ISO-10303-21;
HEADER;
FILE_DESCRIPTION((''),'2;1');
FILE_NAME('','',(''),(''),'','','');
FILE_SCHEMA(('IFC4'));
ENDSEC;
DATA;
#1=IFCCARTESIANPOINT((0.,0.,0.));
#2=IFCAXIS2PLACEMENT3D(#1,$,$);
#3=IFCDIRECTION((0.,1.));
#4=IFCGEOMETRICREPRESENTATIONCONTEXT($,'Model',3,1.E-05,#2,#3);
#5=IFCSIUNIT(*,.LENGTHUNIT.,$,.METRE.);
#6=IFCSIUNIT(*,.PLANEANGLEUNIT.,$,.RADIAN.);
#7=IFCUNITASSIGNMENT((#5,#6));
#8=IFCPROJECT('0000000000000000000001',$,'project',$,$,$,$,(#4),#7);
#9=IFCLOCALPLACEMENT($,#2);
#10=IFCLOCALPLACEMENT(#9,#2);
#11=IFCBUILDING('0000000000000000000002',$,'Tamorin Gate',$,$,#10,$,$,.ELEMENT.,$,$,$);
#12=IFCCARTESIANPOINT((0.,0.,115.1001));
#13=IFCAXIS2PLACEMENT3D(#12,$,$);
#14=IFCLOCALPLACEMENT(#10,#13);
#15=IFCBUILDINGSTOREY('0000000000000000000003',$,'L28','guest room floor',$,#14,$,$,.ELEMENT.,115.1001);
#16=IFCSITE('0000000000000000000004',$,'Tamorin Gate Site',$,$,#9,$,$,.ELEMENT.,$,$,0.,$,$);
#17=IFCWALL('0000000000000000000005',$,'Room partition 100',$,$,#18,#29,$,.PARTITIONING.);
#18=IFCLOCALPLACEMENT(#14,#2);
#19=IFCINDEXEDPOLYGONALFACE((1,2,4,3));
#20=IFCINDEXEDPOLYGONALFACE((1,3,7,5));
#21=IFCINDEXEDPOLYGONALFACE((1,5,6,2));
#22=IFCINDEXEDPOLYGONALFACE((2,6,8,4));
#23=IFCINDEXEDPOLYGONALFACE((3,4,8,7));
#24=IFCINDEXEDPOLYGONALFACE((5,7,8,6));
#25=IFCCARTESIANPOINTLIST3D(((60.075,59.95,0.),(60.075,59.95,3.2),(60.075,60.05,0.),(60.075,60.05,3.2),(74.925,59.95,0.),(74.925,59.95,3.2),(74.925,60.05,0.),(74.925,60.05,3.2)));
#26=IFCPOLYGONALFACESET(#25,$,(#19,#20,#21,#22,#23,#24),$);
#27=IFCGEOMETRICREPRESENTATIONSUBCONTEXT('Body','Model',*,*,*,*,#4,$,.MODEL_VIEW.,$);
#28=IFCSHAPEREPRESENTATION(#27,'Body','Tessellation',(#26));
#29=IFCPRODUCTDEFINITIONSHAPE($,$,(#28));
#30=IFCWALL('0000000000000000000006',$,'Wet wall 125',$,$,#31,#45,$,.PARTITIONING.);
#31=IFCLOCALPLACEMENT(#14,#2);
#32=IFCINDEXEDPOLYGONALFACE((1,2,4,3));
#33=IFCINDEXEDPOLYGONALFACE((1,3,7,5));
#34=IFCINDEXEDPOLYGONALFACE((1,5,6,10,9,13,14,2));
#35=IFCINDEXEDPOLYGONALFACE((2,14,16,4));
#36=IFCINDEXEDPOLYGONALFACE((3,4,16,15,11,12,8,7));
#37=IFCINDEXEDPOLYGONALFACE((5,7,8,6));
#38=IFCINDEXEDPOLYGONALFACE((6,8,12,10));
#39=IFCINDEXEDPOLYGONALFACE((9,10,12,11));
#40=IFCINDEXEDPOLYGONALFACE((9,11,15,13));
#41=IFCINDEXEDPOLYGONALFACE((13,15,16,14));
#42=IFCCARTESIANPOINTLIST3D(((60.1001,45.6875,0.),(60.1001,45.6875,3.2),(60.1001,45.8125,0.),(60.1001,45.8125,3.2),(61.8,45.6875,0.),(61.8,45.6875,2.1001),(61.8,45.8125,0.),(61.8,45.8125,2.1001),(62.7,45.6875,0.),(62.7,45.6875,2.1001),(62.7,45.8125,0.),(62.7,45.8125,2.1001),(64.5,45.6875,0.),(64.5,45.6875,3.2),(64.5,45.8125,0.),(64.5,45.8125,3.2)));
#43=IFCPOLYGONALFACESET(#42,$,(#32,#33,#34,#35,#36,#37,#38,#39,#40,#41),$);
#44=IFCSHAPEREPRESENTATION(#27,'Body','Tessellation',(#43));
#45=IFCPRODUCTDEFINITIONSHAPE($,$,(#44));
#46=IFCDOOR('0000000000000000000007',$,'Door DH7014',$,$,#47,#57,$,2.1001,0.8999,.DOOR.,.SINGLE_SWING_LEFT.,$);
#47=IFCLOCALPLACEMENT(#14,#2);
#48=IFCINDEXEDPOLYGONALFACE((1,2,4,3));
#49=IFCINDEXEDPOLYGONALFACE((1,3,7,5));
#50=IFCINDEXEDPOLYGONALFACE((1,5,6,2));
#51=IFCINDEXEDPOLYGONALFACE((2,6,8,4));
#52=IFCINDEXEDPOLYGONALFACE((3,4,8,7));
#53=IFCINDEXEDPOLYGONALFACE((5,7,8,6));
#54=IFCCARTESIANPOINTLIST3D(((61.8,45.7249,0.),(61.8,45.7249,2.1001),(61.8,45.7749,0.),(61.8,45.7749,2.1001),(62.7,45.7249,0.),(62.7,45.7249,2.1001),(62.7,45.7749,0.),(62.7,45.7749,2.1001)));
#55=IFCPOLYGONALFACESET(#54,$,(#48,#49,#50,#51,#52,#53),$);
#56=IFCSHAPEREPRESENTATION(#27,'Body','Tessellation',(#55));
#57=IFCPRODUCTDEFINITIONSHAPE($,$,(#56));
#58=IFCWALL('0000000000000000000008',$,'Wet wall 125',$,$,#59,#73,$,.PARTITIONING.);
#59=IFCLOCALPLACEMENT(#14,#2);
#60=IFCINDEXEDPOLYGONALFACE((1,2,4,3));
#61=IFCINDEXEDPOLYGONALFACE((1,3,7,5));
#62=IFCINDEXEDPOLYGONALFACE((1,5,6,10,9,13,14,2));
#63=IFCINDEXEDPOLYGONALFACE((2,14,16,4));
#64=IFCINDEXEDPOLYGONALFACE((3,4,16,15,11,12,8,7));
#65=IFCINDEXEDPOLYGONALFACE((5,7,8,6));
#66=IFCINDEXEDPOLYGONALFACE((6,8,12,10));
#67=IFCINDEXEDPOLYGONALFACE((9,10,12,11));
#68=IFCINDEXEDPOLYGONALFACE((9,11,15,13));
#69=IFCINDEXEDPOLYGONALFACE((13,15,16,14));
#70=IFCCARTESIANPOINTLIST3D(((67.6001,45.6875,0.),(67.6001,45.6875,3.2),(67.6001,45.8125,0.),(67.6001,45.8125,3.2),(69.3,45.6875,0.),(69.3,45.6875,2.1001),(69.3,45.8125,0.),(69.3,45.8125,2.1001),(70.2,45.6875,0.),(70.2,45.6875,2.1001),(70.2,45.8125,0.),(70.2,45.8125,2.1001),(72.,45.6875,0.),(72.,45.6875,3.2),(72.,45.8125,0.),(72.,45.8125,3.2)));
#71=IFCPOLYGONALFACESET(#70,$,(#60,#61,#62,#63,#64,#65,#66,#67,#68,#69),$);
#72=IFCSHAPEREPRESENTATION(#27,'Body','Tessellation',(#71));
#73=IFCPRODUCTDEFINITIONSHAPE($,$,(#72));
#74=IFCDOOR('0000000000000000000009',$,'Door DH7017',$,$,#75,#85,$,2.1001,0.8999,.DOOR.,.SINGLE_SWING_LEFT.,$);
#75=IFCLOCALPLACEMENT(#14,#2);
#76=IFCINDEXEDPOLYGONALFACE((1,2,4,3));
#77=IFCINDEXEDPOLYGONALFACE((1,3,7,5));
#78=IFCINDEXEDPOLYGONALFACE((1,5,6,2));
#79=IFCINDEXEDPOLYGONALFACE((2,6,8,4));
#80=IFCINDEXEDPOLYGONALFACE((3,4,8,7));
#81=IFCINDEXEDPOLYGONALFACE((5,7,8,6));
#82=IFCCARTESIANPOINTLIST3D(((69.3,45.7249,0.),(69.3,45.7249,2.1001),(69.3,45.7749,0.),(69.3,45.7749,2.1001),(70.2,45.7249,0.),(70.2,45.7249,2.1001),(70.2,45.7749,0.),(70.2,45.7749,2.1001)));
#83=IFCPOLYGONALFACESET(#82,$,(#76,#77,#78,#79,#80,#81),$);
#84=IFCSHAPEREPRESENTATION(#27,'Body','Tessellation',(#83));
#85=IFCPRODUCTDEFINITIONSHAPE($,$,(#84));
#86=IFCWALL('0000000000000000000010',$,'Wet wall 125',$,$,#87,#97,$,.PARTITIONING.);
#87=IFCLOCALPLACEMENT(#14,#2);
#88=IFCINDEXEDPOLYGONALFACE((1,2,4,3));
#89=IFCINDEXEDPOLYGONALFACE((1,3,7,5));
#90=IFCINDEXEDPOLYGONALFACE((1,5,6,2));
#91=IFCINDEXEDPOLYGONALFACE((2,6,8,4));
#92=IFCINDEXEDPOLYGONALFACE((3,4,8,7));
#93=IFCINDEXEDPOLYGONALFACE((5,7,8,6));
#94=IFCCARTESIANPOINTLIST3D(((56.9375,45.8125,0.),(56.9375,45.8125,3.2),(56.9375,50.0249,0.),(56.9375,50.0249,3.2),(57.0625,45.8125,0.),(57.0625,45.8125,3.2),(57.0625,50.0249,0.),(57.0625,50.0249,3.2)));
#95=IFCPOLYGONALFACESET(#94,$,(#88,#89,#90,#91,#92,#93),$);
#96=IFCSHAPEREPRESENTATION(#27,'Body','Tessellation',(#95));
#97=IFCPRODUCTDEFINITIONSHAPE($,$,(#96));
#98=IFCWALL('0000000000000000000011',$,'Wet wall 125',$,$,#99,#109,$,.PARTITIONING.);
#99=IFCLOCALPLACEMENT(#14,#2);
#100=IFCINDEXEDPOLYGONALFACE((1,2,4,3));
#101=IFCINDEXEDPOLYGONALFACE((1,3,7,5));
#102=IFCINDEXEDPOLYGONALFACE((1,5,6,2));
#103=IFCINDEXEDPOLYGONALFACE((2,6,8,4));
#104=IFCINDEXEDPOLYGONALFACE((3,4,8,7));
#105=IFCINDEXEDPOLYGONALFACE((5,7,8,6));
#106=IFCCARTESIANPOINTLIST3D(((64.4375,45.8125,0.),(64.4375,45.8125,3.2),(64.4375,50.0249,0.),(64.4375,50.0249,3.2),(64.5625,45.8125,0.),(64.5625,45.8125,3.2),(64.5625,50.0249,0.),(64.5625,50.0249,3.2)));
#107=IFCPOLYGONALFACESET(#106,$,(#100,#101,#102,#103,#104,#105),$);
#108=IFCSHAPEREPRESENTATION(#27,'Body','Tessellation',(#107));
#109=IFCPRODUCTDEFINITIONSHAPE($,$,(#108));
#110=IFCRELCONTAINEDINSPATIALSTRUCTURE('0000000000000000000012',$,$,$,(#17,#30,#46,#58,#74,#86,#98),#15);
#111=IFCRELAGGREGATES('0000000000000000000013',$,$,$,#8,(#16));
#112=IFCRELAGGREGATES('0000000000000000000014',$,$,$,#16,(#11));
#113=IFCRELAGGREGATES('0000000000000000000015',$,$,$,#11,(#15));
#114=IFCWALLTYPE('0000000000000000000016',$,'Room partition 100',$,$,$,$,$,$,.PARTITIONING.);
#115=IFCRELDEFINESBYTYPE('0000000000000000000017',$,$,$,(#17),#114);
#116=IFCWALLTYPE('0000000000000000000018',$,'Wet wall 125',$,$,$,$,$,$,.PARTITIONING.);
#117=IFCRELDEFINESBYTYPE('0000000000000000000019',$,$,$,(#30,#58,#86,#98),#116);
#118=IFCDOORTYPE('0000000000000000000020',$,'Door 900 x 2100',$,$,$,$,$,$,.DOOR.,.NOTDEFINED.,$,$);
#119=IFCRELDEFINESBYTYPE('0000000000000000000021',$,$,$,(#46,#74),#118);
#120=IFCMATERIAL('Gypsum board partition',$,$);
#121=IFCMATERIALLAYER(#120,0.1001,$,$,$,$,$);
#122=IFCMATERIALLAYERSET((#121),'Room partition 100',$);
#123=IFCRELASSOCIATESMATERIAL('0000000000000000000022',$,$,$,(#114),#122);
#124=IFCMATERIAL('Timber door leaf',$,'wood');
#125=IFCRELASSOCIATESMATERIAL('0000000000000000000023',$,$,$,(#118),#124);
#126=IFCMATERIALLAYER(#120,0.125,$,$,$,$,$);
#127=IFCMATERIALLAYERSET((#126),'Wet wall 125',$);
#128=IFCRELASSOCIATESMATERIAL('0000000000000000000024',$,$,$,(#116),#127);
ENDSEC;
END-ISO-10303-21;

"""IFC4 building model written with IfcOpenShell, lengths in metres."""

from ifc_helpers import new_model, si_unit, direction, frame, frame_2d, origin, place, context, subcontext, project, spatial, rectangle, extrude, material, layer, layer_set, type_object, element, fill, save


model = new_model("IFC4")

# Units and contexts
model_context = context("Model", 3, precision=1e-05, world=origin(), true_north=direction((0.0, 1.0)))
body_context = subcontext(model_context, "Body", "Model", "MODEL_VIEW")
ifc_project = project(units=[si_unit("LENGTHUNIT", "METRE"), si_unit("PLANEANGLEUNIT", "RADIAN")], contexts=[model_context])

# Site, building, storey
site_placement = place(None, origin())
site = spatial("IfcSite", under=ifc_project, at=site_placement, Name="Tamorin Gate Site", CompositionType="ELEMENT", RefElevation=0.0)
building_placement = place(site_placement, origin())
building = spatial("IfcBuilding", under=site, at=building_placement, Name="Tamorin Gate", CompositionType="ELEMENT")
storey_placement = place(building_placement, frame((0.0, 0.0, 115.1001)))
storey = spatial("IfcBuildingStorey", under=building, at=storey_placement, Name="L28", Description="guest room floor", CompositionType="ELEMENT", Elevation=115.1001)

# Shared definitions
ifc_material_1 = material(Name="Gypsum board partition")
ifc_material_2 = material(Name="Timber door leaf", Category="wood")

# Shared definitions
ifc_layer_1 = layer(ifc_material_1, 0.1001)
ifc_layer_set_1 = layer_set([ifc_layer_1], Name="Room partition 100")
wall_type_1 = type_object("IfcWallType", Name="Room partition 100", PredefinedType="PARTITIONING", material=ifc_layer_set_1)
door_type_1 = type_object("IfcDoorType", Name="Door 900 x 2100", OperationType="NOTDEFINED", PredefinedType="DOOR", material=ifc_material_2)

# Wall
wall_1_placement = place(storey_placement, frame((60.075, 60.0, 0.0), z_axis=(0.0, 0.0, 1.0), x_axis=(1.0, 0.0, 0.0)))
element("IfcWall", 1, at=wall_1_placement, inside=storey, type_object=wall_type_1, Name="Room partition 100", PredefinedType="PARTITIONING", context=body_context, shape_type="SweptSolid", body=[
    extrude(rectangle(XDim=14.8501, YDim=0.1001, at=frame_2d((7.425, 0.0))), origin(), (0.0, 0.0, 1.0), 3.2),
])

# Walls, openings, doors
ifc_layer_2 = layer(ifc_material_1, 0.125)
ifc_layer_set_2 = layer_set([ifc_layer_2], Name="Wet wall 125")
wall_type_2 = type_object("IfcWallType", Name="Wet wall 125", PredefinedType="PARTITIONING", material=ifc_layer_set_2)
wall_2_placement = place(storey_placement, frame((60.1001, 45.75, 0.0), z_axis=(0.0, 0.0, 1.0), x_axis=(1.0, 0.0, 0.0)))
wall_2 = element("IfcWall", 2, at=wall_2_placement, inside=storey, type_object=wall_type_2, Name="Wet wall 125", PredefinedType="PARTITIONING", context=body_context, shape_type="SweptSolid", body=[
    extrude(rectangle(XDim=4.3999, YDim=0.125, at=frame_2d((2.2, 0.0))), origin(), (0.0, 0.0, 1.0), 3.2),
])
opening_1_placement = place(wall_2_placement, frame((1.7, 0.0, 0.0)))
opening_1 = element("IfcOpeningElement", 3, at=opening_1_placement, cuts=wall_2, PredefinedType="OPENING", context=body_context, shape_type="SweptSolid", body=[
    extrude(rectangle(XDim=0.8999, YDim=2.1001, at=frame_2d((0.45, 1.05))), frame((0.0, 0.0725, 0.0), z_axis=(0.0, -1.0, 0.0), x_axis=(1.0, 0.0, 0.0)), (0.0, 0.0, 1.0), 0.145),
])
door_1_placement = place(opening_1_placement, origin())
door_1 = element("IfcDoor", 4, at=door_1_placement, inside=storey, type_object=door_type_1, Name="Door DH7014", OperationType="SINGLE_SWING_LEFT", OverallHeight=2.1001, OverallWidth=0.8999, PredefinedType="DOOR", context=body_context, shape_type="SweptSolid", body=[
    extrude(rectangle(XDim=0.8999, YDim=2.1001, at=frame_2d((0.45, 1.05))), frame((0.0, 0.0249, 0.0), z_axis=(0.0, -1.0, 0.0), x_axis=(1.0, 0.0, 0.0)), (0.0, 0.0, 1.0), 0.05),
])
fill(opening_1, door_1)
wall_3_placement = place(storey_placement, frame((67.6001, 45.75, 0.0), z_axis=(0.0, 0.0, 1.0), x_axis=(1.0, 0.0, 0.0)))
wall_3 = element("IfcWall", 5, at=wall_3_placement, inside=storey, type_object=wall_type_2, Name="Wet wall 125", PredefinedType="PARTITIONING", context=body_context, shape_type="SweptSolid", body=[
    extrude(rectangle(XDim=4.3999, YDim=0.125, at=frame_2d((2.2, 0.0))), origin(), (0.0, 0.0, 1.0), 3.2),
])
opening_2_placement = place(wall_3_placement, frame((1.7, 0.0, 0.0)))
opening_2 = element("IfcOpeningElement", 6, at=opening_2_placement, cuts=wall_3, PredefinedType="OPENING", context=body_context, shape_type="SweptSolid", body=[
    extrude(rectangle(XDim=0.8999, YDim=2.1001, at=frame_2d((0.45, 1.05))), frame((0.0, 0.0725, 0.0), z_axis=(0.0, -1.0, 0.0), x_axis=(1.0, 0.0, 0.0)), (0.0, 0.0, 1.0), 0.145),
])
door_2_placement = place(opening_2_placement, origin())
door_2 = element("IfcDoor", 7, at=door_2_placement, inside=storey, type_object=door_type_1, Name="Door DH7017", OperationType="SINGLE_SWING_LEFT", OverallHeight=2.1001, OverallWidth=0.8999, PredefinedType="DOOR", context=body_context, shape_type="SweptSolid", body=[
    extrude(rectangle(XDim=0.8999, YDim=2.1001, at=frame_2d((0.45, 1.05))), frame((0.0, 0.0249, 0.0), z_axis=(0.0, -1.0, 0.0), x_axis=(1.0, 0.0, 0.0)), (0.0, 0.0, 1.0), 0.05),
])
fill(opening_2, door_2)

# Walls
for number, where, z_axis, x_axis, name in (
    (8, (57.0, 45.8125, 0.0), (0.0, 0.0, 1.0), (0.0, 1.0, 0.0), "Wet wall 125"),
    (9, (64.5, 45.8125, 0.0), (0.0, 0.0, 1.0), (0.0, 1.0, 0.0), "Wet wall 125"),
):
    element("IfcWall", number, at=place(storey_placement, frame(where, z_axis=z_axis, x_axis=x_axis)), inside=storey, type_object=wall_type_2, Name=name, PredefinedType="PARTITIONING", context=body_context, shape_type="SweptSolid", body=[
        extrude(rectangle(XDim=4.2124, YDim=0.125, at=frame_2d((2.1062, 0.0))), origin(), (0.0, 0.0, 1.0), 3.2),
    ])

save(model, "model.ifc")
